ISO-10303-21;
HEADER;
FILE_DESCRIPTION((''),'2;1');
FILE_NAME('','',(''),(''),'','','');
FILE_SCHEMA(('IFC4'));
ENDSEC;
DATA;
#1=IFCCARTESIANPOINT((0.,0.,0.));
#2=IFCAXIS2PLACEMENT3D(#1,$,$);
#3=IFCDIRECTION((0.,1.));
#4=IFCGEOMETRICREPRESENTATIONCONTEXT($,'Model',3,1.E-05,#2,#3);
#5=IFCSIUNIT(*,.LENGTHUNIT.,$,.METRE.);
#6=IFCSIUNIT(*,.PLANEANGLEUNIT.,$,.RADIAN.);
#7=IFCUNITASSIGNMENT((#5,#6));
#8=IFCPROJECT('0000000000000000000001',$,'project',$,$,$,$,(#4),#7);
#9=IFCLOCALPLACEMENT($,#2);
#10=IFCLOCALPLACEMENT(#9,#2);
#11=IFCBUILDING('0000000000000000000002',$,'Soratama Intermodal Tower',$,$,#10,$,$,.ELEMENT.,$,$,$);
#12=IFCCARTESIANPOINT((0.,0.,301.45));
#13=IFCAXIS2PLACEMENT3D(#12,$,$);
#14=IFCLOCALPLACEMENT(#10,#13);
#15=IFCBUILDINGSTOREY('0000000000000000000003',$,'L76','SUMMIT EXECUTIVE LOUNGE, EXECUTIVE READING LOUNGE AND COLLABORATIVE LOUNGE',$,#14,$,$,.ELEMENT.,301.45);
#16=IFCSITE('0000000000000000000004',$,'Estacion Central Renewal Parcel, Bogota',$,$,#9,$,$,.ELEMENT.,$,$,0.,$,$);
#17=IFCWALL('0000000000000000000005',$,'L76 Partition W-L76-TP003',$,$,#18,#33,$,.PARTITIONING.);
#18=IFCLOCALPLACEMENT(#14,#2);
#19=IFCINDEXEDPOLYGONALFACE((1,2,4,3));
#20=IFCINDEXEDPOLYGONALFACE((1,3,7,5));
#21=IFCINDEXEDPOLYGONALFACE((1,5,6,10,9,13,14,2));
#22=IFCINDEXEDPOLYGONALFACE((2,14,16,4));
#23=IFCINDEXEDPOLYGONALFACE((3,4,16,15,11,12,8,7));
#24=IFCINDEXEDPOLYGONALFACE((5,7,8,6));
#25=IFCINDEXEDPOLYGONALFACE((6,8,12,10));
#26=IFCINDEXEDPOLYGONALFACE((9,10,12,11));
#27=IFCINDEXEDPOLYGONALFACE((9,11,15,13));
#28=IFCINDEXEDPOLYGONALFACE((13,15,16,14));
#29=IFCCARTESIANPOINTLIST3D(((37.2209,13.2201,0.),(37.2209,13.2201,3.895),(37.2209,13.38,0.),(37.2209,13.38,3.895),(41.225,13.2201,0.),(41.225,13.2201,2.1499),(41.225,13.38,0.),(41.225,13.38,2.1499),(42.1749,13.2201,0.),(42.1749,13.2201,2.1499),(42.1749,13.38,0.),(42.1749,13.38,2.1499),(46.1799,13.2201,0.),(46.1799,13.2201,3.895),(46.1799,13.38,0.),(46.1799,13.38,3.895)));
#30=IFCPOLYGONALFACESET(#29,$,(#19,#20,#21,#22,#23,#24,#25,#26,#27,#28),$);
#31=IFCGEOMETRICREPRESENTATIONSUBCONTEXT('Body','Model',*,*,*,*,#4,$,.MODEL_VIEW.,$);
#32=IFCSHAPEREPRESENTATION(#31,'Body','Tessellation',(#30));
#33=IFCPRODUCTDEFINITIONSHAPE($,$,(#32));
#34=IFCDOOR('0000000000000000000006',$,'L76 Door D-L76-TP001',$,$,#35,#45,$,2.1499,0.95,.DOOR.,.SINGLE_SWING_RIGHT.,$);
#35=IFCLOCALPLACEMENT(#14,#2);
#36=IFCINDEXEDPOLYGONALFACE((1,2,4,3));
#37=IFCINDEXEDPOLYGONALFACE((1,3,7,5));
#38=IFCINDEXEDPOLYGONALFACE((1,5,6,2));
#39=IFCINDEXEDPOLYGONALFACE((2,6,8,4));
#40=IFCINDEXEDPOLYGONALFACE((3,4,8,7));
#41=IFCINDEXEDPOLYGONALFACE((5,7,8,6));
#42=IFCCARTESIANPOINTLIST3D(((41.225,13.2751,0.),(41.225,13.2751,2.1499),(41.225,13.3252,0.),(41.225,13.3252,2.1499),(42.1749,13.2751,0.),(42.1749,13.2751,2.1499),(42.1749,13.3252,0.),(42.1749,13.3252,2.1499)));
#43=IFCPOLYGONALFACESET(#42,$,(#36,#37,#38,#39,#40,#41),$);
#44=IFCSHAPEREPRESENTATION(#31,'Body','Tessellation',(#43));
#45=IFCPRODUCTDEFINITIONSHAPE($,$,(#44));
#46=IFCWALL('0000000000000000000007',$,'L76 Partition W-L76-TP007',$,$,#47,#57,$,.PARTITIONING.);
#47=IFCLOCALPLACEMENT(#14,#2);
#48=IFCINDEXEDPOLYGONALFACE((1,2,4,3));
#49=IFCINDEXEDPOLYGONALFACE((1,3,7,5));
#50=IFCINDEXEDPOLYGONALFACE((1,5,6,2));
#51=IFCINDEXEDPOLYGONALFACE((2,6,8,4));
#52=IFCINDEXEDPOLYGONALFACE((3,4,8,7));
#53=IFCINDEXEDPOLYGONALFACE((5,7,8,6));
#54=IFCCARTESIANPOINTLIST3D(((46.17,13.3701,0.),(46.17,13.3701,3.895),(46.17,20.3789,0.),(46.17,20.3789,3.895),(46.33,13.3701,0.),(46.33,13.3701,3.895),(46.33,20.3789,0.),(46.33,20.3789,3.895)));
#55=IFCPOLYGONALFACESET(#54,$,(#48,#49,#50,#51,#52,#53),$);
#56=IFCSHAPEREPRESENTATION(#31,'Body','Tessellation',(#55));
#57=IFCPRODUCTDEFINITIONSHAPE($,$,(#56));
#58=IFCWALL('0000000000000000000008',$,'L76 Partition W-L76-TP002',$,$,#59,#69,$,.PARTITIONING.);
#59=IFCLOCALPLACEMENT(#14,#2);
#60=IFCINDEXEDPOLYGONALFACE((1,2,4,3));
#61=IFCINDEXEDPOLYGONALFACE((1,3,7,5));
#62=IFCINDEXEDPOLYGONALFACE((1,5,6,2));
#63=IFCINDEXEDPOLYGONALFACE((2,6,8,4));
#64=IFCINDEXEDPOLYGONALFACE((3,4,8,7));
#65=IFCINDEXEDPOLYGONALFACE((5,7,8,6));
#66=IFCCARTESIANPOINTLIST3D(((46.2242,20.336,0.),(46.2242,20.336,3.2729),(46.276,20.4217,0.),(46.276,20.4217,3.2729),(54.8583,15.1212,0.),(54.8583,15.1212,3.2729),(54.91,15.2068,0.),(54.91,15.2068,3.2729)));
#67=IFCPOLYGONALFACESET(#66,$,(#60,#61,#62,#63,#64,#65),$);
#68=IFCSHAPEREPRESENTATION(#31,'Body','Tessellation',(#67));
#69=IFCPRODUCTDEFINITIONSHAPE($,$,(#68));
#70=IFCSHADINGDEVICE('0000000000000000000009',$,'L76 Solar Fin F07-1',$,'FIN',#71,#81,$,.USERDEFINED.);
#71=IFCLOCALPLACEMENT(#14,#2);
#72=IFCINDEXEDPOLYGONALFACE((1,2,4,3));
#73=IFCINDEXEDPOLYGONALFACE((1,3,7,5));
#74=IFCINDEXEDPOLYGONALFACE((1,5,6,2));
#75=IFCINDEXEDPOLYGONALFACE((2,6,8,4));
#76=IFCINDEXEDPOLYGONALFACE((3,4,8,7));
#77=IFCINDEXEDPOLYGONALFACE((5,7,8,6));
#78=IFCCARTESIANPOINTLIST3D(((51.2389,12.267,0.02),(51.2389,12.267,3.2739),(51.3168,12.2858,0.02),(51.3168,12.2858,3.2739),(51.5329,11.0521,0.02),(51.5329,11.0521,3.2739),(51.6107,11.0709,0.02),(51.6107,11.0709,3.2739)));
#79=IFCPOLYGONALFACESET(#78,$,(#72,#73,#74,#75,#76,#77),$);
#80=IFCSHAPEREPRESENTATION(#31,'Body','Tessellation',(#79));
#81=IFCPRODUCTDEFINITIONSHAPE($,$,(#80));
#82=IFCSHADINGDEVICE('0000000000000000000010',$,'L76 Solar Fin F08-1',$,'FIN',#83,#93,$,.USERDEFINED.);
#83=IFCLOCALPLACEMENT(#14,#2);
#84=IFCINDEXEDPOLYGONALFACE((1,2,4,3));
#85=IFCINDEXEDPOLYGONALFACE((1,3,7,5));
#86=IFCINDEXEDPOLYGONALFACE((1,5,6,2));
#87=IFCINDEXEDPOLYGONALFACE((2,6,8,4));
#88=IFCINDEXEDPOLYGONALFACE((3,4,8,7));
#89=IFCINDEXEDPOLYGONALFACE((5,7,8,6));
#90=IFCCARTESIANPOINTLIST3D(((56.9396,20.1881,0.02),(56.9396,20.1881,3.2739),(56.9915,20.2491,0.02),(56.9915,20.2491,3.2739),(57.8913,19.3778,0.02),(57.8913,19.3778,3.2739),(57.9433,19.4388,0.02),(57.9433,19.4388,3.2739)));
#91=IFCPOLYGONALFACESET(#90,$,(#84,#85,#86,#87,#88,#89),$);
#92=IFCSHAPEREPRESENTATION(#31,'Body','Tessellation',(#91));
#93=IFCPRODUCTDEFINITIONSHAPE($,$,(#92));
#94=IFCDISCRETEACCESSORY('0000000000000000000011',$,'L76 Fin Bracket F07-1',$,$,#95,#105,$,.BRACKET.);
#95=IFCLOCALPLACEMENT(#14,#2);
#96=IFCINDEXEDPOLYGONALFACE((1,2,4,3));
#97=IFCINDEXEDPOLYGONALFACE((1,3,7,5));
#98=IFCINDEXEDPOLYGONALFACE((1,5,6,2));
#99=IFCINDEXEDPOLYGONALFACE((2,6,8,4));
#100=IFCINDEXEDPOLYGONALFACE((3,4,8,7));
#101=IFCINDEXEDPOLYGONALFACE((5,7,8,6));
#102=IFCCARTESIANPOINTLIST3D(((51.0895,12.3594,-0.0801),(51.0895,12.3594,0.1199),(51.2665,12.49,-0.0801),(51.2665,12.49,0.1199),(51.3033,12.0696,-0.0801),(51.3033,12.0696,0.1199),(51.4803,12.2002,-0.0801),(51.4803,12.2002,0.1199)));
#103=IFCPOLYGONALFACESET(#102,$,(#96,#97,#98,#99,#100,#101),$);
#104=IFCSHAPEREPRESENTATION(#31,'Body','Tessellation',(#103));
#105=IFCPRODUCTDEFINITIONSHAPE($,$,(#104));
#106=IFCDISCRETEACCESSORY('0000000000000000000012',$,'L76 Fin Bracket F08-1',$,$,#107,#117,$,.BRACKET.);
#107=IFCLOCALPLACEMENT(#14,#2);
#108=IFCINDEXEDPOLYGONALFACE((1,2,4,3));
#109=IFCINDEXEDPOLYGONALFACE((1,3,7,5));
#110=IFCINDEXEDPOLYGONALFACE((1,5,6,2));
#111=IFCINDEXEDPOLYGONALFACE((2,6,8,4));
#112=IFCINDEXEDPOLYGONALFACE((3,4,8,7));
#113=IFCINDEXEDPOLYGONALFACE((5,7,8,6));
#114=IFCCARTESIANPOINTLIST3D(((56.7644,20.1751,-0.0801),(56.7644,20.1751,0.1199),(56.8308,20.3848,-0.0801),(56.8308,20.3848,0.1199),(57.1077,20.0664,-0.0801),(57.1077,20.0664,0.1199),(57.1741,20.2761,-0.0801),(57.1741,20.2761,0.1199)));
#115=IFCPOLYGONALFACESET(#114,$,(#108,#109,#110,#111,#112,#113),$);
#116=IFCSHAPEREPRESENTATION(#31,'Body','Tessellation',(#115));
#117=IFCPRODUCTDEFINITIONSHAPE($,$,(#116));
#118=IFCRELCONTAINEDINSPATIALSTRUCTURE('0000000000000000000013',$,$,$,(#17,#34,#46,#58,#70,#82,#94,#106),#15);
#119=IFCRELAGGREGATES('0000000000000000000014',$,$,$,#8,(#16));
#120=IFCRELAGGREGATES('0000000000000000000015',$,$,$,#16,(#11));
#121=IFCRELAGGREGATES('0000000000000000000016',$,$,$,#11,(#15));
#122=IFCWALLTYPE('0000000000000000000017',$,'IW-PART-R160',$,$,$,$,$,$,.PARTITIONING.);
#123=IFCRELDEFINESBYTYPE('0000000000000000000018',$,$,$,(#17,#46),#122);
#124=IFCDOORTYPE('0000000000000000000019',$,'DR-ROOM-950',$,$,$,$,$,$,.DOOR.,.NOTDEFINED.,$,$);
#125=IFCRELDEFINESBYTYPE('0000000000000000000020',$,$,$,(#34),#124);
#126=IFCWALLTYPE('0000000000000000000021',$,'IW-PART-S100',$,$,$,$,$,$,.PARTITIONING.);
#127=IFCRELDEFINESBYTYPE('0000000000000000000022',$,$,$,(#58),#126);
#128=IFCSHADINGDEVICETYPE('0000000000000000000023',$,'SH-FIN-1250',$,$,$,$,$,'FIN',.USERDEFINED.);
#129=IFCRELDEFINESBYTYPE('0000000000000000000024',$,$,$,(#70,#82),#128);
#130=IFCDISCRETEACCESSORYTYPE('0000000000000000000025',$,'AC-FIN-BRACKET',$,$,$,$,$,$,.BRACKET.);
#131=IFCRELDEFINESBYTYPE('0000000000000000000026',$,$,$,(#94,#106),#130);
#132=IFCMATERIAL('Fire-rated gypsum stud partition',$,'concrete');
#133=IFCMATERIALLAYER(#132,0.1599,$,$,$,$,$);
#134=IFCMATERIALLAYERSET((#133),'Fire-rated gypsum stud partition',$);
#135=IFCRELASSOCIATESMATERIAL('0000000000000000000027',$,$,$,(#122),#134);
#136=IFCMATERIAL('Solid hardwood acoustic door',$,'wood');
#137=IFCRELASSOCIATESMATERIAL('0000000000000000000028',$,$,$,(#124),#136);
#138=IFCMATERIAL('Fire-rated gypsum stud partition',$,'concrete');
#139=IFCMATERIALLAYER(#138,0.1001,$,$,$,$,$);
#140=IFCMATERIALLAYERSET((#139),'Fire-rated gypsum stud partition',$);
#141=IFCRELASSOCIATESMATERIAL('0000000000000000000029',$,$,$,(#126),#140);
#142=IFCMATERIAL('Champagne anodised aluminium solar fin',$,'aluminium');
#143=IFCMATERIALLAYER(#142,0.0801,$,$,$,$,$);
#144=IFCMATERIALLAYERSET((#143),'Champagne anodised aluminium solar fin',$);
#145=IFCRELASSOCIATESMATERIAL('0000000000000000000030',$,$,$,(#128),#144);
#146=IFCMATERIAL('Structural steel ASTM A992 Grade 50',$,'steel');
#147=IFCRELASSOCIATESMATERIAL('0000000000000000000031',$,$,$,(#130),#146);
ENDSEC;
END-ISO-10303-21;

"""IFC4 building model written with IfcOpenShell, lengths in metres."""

from ifc_helpers import new_model, si_unit, direction, frame, frame_2d, origin, origin_2d, place, context, subcontext, project, spatial, rectangle, extrude, material, layer, layer_set, type_object, element, fill, save


model = new_model("IFC4")

# Units and contexts
model_context = context("Model", 3, precision=1e-05, world=origin(), true_north=direction((0.0, 1.0)))
body_context = subcontext(model_context, "Body", "Model", "MODEL_VIEW")
ifc_project = project(units=[si_unit("LENGTHUNIT", "METRE"), si_unit("PLANEANGLEUNIT", "RADIAN")], contexts=[model_context])

# Site, building, storey
site_placement = place(None, origin())
site = spatial("IfcSite", under=ifc_project, at=site_placement, Name="Estacion Central Renewal Parcel, Bogota", CompositionType="ELEMENT", RefElevation=0.0)
building_placement = place(site_placement, origin())
building = spatial("IfcBuilding", under=site, at=building_placement, Name="Soratama Intermodal Tower", CompositionType="ELEMENT")
storey_placement = place(building_placement, frame((0.0, 0.0, 301.45)))
storey = spatial("IfcBuildingStorey", under=building, at=storey_placement, Name="L76", Description="SUMMIT EXECUTIVE LOUNGE, EXECUTIVE READING LOUNGE AND COLLABORATIVE LOUNGE", CompositionType="ELEMENT", Elevation=301.45)

# Wall, opening, door
ifc_material_1 = material(Name="Fire-rated gypsum stud partition", Category="concrete")
ifc_layer_1 = layer(ifc_material_1, 0.1599)
ifc_layer_set_1 = layer_set([ifc_layer_1], Name="Fire-rated gypsum stud partition")
wall_type_1 = type_object("IfcWallType", Name="IW-PART-R160", PredefinedType="PARTITIONING", material=ifc_layer_set_1)
wall_1_placement = place(storey_placement, frame((46.1799, 13.3, 0.0), z_axis=(0.0, 0.0, 1.0), x_axis=(-1.0, 0.0, 0.0)))
wall_1 = element("IfcWall", 1, at=wall_1_placement, inside=storey, type_object=wall_type_1, Name="L76 Partition W-L76-TP003", PredefinedType="PARTITIONING", context=body_context, shape_type="SweptSolid", body=[
    extrude(rectangle(XDim=8.959, YDim=0.1599, at=frame_2d((4.4795, 0.0))), origin(), (0.0, 0.0, 1.0), 3.895),
])
opening_1_placement = place(wall_1_placement, frame((4.0049, 0.0, 0.0)))
opening_1 = element("IfcOpeningElement", 2, at=opening_1_placement, cuts=wall_1, PredefinedType="OPENING", context=body_context, shape_type="SweptSolid", body=[
    extrude(rectangle(XDim=0.95, YDim=2.1499, at=frame_2d((0.4751, 1.075))), frame((0.0, 0.0898, 0.0), z_axis=(0.0, -1.0, 0.0), x_axis=(1.0, 0.0, 0.0)), (0.0, 0.0, 1.0), 0.1799),
])
ifc_material_2 = material(Name="Solid hardwood acoustic door", Category="wood")
door_type = type_object("IfcDoorType", Name="DR-ROOM-950", OperationType="NOTDEFINED", PredefinedType="DOOR", material=ifc_material_2)
door_placement = place(opening_1_placement, origin())
door = element("IfcDoor", 3, at=door_placement, inside=storey, type_object=door_type, Name="L76 Door D-L76-TP001", OperationType="SINGLE_SWING_RIGHT", OverallHeight=2.1499, OverallWidth=0.95, PredefinedType="DOOR", context=body_context, shape_type="SweptSolid", body=[
    extrude(rectangle(XDim=0.95, YDim=2.1499, at=frame_2d((0.4751, 1.075))), frame((0.0, 0.0249, 0.0), z_axis=(0.0, -1.0, 0.0), x_axis=(1.0, 0.0, 0.0)), (0.0, 0.0, 1.0), 0.05),
])
fill(opening_1, door)

# Walls
wall_2_placement = place(storey_placement, frame((46.25, 20.3789, 0.0), z_axis=(0.0, 0.0, 1.0), x_axis=(0.0, -1.0, 0.0)))
element("IfcWall", 4, at=wall_2_placement, inside=storey, type_object=wall_type_1, Name="L76 Partition W-L76-TP007", PredefinedType="PARTITIONING", context=body_context, shape_type="SweptSolid", body=[
    extrude(rectangle(XDim=7.0088, YDim=0.1599, at=frame_2d((3.5044, 0.0))), origin(), (0.0, 0.0, 1.0), 3.895),
])
ifc_material_3 = material(Name="Fire-rated gypsum stud partition", Category="concrete")
ifc_layer_2 = layer(ifc_material_3, 0.1001)
ifc_layer_set_2 = layer_set([ifc_layer_2], Name="Fire-rated gypsum stud partition")
wall_type_2 = type_object("IfcWallType", Name="IW-PART-S100", PredefinedType="PARTITIONING", material=ifc_layer_set_2)
wall_3_placement = place(storey_placement, frame((46.25, 20.3789, 0.0), z_axis=(0.0, 0.0, 1.0), x_axis=(0.855984, -0.517003, 0.0)))
element("IfcWall", 5, at=wall_3_placement, inside=storey, type_object=wall_type_2, Name="L76 Partition W-L76-TP002", PredefinedType="PARTITIONING", context=body_context, shape_type="SweptSolid", body=[
    extrude(rectangle(XDim=10.0867, YDim=0.1001, at=frame_2d((5.0435, 0.0))), origin(), (0.0, 0.0, 1.0), 3.2729),
])

# Shading devices
ifc_material_4 = material(Name="Champagne anodised aluminium solar fin", Category="aluminium")
ifc_layer_3 = layer(ifc_material_4, 0.0801)
ifc_layer_set_3 = layer_set([ifc_layer_3], Name="Champagne anodised aluminium solar fin")
shading_device_type = type_object("IfcShadingDeviceType", Name="SH-FIN-1250", ElementType="FIN", PredefinedType="USERDEFINED", material=ifc_layer_set_3)
for number, where, z_axis, x_axis, name in (
    (6, (51.4248, 11.6689, 0.02), (0.0, 0.0, 1.0), (0.235142, -0.971961, 0.0), "L76 Solar Fin F07-1"),
    (7, (57.4414, 19.8135, 0.02), (0.0, 0.0, 1.0), (0.761425, -0.648253, 0.0), "L76 Solar Fin F08-1"),
):
    element("IfcShadingDevice", number, at=place(storey_placement, frame(where, z_axis=z_axis, x_axis=x_axis)), inside=storey, type_object=shading_device_type, Name=name, ObjectType="FIN", PredefinedType="USERDEFINED", context=body_context, shape_type="SweptSolid", body=[
        extrude(rectangle(XDim=1.25, YDim=0.0801, at=origin_2d()), origin(), (0.0, 0.0, 1.0), 3.2539),
    ])

# Discrete accessories
ifc_material_5 = material(Name="Structural steel ASTM A992 Grade 50", Category="steel")
discrete_accessory_type = type_object("IfcDiscreteAccessoryType", Name="AC-FIN-BRACKET", PredefinedType="BRACKET", material=ifc_material_5)
for number, where, z_axis, x_axis, name in (
    (8, (51.2849, 12.2798, -0.0801), (0.0, 0.0, 1.0), (0.5937, -0.804687, 0.0), "L76 Fin Bracket F07-1"),
    (9, (56.9692, 20.2256, -0.0801), (0.0, 0.0, 1.0), (0.953296, -0.302037, 0.0), "L76 Fin Bracket F08-1"),
):
    element("IfcDiscreteAccessory", number, at=place(storey_placement, frame(where, z_axis=z_axis, x_axis=x_axis)), inside=storey, type_object=discrete_accessory_type, Name=name, PredefinedType="BRACKET", context=body_context, shape_type="SweptSolid", body=[
        extrude(rectangle(XDim=0.3601, YDim=0.22, at=origin_2d()), origin(), (0.0, 0.0, 1.0), 0.2),
    ])

save(model, "model.ifc")
